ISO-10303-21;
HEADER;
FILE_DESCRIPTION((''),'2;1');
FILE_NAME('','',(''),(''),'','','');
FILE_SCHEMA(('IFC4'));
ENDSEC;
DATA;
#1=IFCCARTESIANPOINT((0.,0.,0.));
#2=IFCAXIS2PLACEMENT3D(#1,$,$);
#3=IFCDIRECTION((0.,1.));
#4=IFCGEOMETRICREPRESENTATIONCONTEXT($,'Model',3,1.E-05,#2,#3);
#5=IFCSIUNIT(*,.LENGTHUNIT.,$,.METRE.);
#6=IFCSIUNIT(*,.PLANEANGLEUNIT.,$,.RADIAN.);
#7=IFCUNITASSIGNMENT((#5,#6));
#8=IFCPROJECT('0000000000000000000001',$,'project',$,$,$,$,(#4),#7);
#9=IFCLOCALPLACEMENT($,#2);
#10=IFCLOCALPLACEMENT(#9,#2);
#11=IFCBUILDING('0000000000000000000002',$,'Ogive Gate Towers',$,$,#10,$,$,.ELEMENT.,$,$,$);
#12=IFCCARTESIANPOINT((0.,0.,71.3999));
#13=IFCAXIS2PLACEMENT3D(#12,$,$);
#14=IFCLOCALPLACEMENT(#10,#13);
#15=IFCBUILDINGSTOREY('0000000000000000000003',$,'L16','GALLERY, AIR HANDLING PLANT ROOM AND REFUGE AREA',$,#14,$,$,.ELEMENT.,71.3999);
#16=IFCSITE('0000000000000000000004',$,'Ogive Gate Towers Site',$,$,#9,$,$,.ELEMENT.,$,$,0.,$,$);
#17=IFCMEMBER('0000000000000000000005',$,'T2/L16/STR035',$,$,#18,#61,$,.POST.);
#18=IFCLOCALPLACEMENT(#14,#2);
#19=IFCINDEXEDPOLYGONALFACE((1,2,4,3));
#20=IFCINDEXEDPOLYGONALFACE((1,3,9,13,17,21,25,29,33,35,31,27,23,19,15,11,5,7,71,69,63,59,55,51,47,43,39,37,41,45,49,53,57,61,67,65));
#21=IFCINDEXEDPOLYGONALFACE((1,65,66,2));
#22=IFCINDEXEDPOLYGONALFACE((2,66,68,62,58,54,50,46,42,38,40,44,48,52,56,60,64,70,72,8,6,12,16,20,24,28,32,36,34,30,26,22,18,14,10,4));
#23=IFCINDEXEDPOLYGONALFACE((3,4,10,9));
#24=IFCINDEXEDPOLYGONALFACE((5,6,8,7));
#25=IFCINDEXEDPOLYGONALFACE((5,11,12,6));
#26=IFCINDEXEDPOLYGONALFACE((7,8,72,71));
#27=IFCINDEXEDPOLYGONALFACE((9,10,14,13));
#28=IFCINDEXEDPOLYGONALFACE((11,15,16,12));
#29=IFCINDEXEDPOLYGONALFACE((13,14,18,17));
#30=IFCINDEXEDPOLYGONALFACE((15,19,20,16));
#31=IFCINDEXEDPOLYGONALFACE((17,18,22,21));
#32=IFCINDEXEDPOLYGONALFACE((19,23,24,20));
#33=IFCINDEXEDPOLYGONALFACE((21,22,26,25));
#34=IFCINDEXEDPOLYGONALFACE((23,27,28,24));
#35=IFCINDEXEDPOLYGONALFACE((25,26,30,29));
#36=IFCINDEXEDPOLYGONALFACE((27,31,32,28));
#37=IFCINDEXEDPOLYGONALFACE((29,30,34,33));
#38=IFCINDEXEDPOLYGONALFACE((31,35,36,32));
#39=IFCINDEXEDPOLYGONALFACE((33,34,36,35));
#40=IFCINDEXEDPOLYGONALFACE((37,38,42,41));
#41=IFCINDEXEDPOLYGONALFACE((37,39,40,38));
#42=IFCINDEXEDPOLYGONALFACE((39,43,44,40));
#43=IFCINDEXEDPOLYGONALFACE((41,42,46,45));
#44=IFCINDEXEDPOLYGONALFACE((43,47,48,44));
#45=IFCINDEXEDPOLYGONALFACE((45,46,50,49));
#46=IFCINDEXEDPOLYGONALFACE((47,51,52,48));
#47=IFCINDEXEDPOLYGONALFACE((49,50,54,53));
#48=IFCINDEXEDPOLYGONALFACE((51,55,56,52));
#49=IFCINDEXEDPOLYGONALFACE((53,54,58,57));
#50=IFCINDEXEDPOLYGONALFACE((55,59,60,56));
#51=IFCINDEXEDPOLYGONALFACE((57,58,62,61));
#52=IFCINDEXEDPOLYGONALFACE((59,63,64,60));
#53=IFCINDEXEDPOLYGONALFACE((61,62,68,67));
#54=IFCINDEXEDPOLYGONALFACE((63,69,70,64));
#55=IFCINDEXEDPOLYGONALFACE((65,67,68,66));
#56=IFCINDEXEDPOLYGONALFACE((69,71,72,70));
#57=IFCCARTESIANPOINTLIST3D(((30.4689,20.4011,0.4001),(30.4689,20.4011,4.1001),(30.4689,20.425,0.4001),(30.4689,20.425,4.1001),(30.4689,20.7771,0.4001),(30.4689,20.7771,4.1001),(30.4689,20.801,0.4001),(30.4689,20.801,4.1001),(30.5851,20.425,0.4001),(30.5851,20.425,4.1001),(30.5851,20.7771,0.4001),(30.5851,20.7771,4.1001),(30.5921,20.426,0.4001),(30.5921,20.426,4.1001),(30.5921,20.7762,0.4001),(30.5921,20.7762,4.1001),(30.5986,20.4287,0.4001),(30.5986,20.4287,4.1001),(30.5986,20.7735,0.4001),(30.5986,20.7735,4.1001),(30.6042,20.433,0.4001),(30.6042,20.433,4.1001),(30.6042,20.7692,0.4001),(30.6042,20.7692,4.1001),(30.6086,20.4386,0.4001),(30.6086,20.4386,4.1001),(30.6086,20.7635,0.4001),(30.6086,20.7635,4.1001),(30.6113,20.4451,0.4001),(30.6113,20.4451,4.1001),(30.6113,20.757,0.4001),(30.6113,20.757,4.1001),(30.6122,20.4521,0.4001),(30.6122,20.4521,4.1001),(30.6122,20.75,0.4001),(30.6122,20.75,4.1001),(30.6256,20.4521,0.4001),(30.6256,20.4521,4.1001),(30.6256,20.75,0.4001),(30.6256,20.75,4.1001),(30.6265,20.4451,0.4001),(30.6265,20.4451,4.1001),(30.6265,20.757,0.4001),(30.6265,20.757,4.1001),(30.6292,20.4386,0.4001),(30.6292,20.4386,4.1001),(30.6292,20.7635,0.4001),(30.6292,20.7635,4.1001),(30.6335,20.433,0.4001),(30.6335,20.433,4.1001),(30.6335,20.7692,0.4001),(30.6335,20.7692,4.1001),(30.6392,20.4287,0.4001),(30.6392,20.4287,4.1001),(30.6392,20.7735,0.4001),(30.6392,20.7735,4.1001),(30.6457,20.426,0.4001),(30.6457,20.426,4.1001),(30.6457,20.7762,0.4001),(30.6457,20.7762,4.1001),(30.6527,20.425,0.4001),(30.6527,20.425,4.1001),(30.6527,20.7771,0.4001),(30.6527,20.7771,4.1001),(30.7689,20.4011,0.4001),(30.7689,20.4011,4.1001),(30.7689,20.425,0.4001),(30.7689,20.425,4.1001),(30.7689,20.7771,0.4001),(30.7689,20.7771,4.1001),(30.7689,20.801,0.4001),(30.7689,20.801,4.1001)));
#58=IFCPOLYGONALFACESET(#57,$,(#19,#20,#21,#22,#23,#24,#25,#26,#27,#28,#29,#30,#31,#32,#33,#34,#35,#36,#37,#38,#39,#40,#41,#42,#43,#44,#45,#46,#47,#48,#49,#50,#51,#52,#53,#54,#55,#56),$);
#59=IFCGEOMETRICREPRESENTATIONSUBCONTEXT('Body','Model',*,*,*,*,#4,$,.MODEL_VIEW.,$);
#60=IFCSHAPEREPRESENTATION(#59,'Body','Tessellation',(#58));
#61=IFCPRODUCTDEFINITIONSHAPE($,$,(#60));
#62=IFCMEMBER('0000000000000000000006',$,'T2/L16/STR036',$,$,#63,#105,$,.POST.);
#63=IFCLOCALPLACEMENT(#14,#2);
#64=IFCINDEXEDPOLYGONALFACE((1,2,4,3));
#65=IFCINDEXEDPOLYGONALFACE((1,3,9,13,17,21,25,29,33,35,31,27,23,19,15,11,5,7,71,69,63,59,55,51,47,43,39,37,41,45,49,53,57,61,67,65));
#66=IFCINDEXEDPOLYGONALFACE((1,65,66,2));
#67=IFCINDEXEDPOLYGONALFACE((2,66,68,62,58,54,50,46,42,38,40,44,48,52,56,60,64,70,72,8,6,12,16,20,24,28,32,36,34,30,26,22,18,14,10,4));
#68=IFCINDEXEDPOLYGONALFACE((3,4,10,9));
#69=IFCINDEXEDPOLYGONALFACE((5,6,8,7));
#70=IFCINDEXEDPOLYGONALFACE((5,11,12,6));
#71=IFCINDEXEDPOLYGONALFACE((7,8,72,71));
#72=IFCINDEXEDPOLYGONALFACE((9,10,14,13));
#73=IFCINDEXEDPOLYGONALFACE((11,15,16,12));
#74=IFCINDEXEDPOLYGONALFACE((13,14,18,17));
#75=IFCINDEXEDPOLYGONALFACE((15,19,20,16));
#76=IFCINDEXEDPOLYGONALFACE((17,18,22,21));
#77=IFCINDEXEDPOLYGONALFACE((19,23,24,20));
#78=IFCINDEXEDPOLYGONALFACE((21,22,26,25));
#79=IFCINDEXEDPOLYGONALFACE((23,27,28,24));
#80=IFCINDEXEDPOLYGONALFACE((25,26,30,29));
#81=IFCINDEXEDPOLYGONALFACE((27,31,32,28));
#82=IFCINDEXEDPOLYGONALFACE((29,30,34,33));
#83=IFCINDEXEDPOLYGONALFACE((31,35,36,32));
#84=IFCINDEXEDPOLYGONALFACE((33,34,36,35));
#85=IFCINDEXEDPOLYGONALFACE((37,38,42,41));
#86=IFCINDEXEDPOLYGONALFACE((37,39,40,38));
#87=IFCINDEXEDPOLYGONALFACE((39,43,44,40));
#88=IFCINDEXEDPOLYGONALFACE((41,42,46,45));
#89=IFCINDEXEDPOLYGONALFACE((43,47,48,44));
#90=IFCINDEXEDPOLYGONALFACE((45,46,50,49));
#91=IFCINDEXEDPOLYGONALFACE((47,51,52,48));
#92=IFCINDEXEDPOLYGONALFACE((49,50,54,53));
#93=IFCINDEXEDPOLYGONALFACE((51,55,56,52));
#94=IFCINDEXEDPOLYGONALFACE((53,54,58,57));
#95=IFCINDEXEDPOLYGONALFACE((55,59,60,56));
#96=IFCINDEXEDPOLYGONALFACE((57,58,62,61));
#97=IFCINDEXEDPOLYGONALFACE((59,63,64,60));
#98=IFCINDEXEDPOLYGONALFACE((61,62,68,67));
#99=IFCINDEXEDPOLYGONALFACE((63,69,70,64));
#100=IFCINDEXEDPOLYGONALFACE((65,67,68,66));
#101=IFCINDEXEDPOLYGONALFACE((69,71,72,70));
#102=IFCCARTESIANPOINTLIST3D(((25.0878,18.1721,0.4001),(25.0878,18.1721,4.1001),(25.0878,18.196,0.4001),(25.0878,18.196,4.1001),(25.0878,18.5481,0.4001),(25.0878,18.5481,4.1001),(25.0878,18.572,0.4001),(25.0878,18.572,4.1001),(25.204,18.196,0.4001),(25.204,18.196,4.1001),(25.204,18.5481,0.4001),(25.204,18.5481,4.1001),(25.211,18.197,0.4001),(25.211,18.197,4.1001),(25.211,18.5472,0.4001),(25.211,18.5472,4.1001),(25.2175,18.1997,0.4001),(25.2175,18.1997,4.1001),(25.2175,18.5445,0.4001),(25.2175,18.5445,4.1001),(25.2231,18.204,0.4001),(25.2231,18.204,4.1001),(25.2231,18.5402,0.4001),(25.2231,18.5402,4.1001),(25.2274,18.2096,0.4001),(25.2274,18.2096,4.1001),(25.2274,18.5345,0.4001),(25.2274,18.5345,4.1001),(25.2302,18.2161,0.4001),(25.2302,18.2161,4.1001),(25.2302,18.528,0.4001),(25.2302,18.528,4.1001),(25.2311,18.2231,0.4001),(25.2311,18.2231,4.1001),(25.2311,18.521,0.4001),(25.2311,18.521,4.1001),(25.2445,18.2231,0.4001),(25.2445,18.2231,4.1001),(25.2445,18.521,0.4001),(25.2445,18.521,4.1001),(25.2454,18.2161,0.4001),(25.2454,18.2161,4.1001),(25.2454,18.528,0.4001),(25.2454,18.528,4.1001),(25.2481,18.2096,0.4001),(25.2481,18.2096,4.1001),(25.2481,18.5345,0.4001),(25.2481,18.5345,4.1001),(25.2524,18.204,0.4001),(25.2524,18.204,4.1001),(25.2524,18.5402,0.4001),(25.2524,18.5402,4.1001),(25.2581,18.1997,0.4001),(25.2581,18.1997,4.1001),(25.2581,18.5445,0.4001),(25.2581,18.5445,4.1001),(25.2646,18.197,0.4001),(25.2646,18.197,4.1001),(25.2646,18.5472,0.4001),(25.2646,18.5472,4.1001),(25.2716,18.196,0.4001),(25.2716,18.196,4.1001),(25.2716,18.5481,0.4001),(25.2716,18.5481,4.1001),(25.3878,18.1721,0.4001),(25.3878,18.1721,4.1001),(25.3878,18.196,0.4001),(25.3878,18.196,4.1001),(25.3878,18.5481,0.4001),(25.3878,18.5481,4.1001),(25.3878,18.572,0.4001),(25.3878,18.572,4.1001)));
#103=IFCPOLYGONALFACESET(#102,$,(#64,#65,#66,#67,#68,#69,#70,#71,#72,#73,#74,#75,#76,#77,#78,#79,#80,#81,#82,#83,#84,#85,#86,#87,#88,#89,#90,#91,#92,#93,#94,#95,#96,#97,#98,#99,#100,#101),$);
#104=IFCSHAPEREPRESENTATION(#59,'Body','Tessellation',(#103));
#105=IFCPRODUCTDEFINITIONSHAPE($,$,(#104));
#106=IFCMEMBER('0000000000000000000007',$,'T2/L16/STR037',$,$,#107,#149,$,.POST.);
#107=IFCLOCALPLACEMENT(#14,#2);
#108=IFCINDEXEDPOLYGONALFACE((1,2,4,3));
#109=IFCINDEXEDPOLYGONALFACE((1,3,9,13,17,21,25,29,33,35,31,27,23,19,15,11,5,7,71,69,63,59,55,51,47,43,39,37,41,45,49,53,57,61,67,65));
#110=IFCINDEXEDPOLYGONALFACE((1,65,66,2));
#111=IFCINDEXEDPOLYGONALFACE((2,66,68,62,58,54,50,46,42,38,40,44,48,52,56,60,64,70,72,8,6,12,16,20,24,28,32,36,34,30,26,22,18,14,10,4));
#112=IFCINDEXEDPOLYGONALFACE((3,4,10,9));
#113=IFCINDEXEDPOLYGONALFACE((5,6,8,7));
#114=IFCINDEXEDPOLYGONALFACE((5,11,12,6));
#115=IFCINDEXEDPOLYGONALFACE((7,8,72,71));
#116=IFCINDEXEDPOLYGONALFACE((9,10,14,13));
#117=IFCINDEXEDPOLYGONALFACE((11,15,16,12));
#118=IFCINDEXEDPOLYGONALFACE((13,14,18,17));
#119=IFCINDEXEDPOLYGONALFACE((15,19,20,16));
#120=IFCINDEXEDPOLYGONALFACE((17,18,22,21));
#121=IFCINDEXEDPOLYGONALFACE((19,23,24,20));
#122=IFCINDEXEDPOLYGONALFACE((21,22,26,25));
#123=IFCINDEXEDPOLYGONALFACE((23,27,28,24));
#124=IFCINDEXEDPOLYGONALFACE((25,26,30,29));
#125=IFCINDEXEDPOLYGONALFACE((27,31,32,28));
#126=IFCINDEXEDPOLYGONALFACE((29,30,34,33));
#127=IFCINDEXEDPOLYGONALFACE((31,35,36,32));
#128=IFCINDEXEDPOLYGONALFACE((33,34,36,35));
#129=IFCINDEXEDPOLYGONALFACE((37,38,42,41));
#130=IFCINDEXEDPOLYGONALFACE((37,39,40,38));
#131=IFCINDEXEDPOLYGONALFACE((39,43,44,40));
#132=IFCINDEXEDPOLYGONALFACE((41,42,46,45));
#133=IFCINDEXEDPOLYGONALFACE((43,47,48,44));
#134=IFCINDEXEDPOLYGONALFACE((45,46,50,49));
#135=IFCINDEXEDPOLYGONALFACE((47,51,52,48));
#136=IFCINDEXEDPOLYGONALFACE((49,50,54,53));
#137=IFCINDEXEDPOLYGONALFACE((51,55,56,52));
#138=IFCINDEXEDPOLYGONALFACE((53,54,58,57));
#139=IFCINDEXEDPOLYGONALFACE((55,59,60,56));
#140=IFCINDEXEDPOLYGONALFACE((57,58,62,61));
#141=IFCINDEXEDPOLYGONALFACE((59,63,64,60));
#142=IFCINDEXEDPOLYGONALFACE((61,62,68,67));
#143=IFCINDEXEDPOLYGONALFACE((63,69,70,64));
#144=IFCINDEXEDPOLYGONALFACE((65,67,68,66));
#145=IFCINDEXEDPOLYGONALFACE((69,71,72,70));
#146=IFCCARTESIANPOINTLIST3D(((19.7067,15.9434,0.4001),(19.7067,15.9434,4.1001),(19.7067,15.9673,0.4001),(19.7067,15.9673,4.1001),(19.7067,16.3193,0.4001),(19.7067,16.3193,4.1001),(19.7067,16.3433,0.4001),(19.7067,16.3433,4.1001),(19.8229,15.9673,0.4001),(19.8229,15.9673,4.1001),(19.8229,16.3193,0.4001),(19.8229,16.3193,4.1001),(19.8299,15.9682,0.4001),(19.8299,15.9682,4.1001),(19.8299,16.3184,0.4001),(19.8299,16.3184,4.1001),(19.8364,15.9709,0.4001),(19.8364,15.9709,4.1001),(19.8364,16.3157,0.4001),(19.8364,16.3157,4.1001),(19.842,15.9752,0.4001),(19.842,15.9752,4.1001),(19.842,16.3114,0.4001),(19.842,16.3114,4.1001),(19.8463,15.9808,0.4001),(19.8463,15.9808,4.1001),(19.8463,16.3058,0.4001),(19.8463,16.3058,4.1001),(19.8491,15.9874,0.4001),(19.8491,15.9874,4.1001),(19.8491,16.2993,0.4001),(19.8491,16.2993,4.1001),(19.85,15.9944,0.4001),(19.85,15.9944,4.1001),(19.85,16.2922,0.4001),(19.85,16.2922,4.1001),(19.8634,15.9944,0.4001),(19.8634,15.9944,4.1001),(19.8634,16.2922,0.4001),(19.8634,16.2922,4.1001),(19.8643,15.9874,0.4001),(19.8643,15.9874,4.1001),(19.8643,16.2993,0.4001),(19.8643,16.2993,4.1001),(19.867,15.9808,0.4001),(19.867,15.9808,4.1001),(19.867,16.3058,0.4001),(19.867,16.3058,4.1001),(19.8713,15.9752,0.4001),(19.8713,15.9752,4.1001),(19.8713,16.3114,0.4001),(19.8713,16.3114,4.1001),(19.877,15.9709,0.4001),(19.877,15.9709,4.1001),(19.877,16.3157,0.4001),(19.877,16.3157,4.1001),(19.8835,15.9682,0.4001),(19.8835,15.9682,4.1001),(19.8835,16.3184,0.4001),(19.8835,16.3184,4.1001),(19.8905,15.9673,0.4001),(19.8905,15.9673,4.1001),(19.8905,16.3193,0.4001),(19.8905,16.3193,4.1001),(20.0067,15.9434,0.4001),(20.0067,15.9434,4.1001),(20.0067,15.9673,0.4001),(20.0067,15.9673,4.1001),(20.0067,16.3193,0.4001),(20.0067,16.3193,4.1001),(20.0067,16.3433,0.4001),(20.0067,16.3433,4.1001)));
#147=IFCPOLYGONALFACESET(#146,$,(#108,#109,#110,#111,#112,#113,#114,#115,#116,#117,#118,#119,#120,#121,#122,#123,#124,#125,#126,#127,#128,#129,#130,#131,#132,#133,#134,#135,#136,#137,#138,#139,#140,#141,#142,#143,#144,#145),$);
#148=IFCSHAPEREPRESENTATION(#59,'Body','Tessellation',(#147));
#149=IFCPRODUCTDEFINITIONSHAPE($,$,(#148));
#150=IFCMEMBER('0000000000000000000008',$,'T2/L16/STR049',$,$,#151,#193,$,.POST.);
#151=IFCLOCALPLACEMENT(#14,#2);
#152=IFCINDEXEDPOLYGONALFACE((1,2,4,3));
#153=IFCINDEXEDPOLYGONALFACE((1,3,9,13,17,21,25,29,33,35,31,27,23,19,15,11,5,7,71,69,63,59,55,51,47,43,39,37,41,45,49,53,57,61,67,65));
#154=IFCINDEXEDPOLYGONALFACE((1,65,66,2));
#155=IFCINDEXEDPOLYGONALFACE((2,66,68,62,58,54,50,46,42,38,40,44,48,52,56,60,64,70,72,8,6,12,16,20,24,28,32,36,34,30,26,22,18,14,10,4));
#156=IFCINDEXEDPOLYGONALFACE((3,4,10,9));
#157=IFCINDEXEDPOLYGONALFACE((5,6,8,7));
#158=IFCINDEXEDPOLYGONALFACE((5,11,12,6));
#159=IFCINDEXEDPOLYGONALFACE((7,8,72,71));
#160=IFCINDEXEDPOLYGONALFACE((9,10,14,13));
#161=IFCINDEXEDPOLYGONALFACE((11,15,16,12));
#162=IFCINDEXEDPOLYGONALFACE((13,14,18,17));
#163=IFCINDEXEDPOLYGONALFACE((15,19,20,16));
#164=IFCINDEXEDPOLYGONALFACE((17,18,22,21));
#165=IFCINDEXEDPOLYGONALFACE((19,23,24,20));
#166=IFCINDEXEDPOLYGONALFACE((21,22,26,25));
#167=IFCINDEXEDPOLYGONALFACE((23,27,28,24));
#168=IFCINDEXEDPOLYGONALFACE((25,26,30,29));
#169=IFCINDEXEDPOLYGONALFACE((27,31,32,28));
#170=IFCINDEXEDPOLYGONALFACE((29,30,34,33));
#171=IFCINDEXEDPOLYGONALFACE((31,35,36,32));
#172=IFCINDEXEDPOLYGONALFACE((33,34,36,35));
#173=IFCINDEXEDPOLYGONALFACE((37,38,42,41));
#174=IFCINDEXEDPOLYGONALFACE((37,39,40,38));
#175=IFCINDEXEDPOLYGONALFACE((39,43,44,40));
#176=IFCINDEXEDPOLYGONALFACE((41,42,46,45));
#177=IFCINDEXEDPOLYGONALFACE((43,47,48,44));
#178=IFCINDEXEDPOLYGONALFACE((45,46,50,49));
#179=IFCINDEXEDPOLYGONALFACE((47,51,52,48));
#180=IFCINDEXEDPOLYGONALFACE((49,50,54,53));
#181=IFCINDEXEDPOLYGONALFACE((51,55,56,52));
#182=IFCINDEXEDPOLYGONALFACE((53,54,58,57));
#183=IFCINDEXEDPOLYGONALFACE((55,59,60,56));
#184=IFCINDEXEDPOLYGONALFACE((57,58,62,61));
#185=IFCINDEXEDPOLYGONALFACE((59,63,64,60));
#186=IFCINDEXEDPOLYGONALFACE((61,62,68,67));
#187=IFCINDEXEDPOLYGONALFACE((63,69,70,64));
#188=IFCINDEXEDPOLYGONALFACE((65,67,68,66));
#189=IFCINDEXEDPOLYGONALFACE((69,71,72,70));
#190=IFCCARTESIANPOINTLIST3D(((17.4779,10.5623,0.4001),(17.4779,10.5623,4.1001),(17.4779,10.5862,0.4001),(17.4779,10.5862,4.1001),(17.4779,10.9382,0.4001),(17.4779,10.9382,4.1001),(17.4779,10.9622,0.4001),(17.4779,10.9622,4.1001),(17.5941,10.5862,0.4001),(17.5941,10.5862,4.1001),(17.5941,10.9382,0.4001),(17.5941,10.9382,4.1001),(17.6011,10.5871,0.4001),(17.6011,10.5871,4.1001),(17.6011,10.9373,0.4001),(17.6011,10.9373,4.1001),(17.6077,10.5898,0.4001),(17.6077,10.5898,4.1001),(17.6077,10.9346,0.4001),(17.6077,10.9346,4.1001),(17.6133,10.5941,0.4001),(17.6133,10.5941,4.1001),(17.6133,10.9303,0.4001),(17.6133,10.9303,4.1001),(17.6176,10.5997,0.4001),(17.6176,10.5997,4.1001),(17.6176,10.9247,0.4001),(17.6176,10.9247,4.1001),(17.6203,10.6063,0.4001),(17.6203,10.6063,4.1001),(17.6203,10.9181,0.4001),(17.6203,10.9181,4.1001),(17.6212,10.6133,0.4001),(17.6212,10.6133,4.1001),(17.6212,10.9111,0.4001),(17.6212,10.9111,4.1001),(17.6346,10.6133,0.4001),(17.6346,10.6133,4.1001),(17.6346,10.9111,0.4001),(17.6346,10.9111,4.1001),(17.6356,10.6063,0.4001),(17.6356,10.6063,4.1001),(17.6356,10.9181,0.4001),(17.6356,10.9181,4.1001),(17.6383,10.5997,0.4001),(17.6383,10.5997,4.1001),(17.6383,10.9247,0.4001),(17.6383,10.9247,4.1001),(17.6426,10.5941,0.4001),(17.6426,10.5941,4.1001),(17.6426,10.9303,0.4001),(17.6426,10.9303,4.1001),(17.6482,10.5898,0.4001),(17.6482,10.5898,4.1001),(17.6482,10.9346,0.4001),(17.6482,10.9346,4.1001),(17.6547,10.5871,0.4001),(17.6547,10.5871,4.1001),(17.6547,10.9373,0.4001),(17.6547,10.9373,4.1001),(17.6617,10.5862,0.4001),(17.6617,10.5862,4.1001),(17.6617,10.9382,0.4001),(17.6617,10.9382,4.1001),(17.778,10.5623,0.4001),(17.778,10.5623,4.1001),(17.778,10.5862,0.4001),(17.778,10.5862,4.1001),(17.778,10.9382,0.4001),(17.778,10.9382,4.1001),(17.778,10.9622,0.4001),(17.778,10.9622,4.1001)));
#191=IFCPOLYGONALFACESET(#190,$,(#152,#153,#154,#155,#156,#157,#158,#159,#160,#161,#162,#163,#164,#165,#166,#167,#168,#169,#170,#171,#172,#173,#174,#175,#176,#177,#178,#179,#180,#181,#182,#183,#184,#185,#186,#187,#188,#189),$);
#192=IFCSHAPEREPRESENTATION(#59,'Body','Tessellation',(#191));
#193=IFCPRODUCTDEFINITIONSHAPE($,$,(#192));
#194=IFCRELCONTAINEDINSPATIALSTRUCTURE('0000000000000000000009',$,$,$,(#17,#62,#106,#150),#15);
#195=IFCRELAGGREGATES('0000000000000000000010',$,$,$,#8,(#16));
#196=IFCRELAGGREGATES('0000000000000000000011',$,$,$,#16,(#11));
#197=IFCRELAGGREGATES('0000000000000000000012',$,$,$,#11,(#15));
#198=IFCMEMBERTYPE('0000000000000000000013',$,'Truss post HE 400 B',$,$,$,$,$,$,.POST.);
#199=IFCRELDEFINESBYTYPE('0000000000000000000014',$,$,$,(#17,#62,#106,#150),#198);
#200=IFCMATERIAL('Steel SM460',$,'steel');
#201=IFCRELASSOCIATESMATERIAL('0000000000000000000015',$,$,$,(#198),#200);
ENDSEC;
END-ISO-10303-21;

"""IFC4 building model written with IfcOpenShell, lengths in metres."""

from ifc_helpers import new_model, si_unit, direction, frame, origin, origin_2d, place, context, subcontext, project, spatial, i_section, extrude, material, material_profile, profile_set, type_object, element, save


model = new_model("IFC4")

# Units and contexts
model_context = context("Model", 3, precision=1e-05, world=origin(), true_north=direction((0.0, 1.0)))
body_context = subcontext(model_context, "Body", "Model", "MODEL_VIEW")
ifc_project = project(units=[si_unit("LENGTHUNIT", "METRE"), si_unit("PLANEANGLEUNIT", "RADIAN")], contexts=[model_context])

# Site, building, storey
site_placement = place(None, origin())
site = spatial("IfcSite", under=ifc_project, at=site_placement, Name="Ogive Gate Towers Site", CompositionType="ELEMENT", RefElevation=0.0)
building_placement = place(site_placement, origin())
building = spatial("IfcBuilding", under=site, at=building_placement, Name="Ogive Gate Towers", CompositionType="ELEMENT")
storey_placement = place(building_placement, frame((0.0, 0.0, 71.3999)))
storey = spatial("IfcBuildingStorey", under=building, at=storey_placement, Name="L16", Description="GALLERY, AIR HANDLING PLANT ROOM AND REFUGE AREA", CompositionType="ELEMENT", Elevation=71.3999)

# Shared definitions
ifc_material_1 = material(Name="Steel SM460", Category="steel")

# Members
ifc_material_profile_1 = material_profile(ifc_material_1, i_section(OverallWidth=0.3, OverallDepth=0.3999, WebThickness=0.0134, FlangeThickness=0.0239, FilletRadius=0.0271, at=origin_2d()), Name="HE 400 B")
ifc_profile_set_1 = profile_set([ifc_material_profile_1], Name="Steel SM460")
member_type_1 = type_object("IfcMemberType", Name="Truss post HE 400 B", PredefinedType="POST", material=ifc_profile_set_1)
for number, where, z_axis, x_axis, name in (
    (1, (30.6189, 20.6011, 0.4001), (0.0, 0.0, 1.0), (1.0, 0.0, 0.0), "T2/L16/STR035"),
    (2, (25.2378, 18.3721, 0.4001), (0.0, 0.0, 1.0), (1.0, 0.0, 0.0), "T2/L16/STR036"),
    (3, (19.8567, 16.1433, 0.4001), (0.0, 0.0, 1.0), (1.0, 0.0, 0.0), "T2/L16/STR037"),
    (4, (17.6279, 10.7622, 0.4001), (0.0, 0.0, 1.0), (1.0, 0.0, 0.0), "T2/L16/STR049"),
):
    element("IfcMember", number, at=place(storey_placement, frame(where, z_axis=z_axis, x_axis=x_axis)), inside=storey, type_object=member_type_1, Name=name, PredefinedType="POST", context=body_context, shape_type="SweptSolid", body=[
        extrude(i_section(OverallWidth=0.3, OverallDepth=0.3999, WebThickness=0.0134, FlangeThickness=0.0239, FilletRadius=0.0271, at=origin_2d()), origin(), (0.0, 0.0, 1.0), 3.7),
    ])

save(model, "model.ifc")
